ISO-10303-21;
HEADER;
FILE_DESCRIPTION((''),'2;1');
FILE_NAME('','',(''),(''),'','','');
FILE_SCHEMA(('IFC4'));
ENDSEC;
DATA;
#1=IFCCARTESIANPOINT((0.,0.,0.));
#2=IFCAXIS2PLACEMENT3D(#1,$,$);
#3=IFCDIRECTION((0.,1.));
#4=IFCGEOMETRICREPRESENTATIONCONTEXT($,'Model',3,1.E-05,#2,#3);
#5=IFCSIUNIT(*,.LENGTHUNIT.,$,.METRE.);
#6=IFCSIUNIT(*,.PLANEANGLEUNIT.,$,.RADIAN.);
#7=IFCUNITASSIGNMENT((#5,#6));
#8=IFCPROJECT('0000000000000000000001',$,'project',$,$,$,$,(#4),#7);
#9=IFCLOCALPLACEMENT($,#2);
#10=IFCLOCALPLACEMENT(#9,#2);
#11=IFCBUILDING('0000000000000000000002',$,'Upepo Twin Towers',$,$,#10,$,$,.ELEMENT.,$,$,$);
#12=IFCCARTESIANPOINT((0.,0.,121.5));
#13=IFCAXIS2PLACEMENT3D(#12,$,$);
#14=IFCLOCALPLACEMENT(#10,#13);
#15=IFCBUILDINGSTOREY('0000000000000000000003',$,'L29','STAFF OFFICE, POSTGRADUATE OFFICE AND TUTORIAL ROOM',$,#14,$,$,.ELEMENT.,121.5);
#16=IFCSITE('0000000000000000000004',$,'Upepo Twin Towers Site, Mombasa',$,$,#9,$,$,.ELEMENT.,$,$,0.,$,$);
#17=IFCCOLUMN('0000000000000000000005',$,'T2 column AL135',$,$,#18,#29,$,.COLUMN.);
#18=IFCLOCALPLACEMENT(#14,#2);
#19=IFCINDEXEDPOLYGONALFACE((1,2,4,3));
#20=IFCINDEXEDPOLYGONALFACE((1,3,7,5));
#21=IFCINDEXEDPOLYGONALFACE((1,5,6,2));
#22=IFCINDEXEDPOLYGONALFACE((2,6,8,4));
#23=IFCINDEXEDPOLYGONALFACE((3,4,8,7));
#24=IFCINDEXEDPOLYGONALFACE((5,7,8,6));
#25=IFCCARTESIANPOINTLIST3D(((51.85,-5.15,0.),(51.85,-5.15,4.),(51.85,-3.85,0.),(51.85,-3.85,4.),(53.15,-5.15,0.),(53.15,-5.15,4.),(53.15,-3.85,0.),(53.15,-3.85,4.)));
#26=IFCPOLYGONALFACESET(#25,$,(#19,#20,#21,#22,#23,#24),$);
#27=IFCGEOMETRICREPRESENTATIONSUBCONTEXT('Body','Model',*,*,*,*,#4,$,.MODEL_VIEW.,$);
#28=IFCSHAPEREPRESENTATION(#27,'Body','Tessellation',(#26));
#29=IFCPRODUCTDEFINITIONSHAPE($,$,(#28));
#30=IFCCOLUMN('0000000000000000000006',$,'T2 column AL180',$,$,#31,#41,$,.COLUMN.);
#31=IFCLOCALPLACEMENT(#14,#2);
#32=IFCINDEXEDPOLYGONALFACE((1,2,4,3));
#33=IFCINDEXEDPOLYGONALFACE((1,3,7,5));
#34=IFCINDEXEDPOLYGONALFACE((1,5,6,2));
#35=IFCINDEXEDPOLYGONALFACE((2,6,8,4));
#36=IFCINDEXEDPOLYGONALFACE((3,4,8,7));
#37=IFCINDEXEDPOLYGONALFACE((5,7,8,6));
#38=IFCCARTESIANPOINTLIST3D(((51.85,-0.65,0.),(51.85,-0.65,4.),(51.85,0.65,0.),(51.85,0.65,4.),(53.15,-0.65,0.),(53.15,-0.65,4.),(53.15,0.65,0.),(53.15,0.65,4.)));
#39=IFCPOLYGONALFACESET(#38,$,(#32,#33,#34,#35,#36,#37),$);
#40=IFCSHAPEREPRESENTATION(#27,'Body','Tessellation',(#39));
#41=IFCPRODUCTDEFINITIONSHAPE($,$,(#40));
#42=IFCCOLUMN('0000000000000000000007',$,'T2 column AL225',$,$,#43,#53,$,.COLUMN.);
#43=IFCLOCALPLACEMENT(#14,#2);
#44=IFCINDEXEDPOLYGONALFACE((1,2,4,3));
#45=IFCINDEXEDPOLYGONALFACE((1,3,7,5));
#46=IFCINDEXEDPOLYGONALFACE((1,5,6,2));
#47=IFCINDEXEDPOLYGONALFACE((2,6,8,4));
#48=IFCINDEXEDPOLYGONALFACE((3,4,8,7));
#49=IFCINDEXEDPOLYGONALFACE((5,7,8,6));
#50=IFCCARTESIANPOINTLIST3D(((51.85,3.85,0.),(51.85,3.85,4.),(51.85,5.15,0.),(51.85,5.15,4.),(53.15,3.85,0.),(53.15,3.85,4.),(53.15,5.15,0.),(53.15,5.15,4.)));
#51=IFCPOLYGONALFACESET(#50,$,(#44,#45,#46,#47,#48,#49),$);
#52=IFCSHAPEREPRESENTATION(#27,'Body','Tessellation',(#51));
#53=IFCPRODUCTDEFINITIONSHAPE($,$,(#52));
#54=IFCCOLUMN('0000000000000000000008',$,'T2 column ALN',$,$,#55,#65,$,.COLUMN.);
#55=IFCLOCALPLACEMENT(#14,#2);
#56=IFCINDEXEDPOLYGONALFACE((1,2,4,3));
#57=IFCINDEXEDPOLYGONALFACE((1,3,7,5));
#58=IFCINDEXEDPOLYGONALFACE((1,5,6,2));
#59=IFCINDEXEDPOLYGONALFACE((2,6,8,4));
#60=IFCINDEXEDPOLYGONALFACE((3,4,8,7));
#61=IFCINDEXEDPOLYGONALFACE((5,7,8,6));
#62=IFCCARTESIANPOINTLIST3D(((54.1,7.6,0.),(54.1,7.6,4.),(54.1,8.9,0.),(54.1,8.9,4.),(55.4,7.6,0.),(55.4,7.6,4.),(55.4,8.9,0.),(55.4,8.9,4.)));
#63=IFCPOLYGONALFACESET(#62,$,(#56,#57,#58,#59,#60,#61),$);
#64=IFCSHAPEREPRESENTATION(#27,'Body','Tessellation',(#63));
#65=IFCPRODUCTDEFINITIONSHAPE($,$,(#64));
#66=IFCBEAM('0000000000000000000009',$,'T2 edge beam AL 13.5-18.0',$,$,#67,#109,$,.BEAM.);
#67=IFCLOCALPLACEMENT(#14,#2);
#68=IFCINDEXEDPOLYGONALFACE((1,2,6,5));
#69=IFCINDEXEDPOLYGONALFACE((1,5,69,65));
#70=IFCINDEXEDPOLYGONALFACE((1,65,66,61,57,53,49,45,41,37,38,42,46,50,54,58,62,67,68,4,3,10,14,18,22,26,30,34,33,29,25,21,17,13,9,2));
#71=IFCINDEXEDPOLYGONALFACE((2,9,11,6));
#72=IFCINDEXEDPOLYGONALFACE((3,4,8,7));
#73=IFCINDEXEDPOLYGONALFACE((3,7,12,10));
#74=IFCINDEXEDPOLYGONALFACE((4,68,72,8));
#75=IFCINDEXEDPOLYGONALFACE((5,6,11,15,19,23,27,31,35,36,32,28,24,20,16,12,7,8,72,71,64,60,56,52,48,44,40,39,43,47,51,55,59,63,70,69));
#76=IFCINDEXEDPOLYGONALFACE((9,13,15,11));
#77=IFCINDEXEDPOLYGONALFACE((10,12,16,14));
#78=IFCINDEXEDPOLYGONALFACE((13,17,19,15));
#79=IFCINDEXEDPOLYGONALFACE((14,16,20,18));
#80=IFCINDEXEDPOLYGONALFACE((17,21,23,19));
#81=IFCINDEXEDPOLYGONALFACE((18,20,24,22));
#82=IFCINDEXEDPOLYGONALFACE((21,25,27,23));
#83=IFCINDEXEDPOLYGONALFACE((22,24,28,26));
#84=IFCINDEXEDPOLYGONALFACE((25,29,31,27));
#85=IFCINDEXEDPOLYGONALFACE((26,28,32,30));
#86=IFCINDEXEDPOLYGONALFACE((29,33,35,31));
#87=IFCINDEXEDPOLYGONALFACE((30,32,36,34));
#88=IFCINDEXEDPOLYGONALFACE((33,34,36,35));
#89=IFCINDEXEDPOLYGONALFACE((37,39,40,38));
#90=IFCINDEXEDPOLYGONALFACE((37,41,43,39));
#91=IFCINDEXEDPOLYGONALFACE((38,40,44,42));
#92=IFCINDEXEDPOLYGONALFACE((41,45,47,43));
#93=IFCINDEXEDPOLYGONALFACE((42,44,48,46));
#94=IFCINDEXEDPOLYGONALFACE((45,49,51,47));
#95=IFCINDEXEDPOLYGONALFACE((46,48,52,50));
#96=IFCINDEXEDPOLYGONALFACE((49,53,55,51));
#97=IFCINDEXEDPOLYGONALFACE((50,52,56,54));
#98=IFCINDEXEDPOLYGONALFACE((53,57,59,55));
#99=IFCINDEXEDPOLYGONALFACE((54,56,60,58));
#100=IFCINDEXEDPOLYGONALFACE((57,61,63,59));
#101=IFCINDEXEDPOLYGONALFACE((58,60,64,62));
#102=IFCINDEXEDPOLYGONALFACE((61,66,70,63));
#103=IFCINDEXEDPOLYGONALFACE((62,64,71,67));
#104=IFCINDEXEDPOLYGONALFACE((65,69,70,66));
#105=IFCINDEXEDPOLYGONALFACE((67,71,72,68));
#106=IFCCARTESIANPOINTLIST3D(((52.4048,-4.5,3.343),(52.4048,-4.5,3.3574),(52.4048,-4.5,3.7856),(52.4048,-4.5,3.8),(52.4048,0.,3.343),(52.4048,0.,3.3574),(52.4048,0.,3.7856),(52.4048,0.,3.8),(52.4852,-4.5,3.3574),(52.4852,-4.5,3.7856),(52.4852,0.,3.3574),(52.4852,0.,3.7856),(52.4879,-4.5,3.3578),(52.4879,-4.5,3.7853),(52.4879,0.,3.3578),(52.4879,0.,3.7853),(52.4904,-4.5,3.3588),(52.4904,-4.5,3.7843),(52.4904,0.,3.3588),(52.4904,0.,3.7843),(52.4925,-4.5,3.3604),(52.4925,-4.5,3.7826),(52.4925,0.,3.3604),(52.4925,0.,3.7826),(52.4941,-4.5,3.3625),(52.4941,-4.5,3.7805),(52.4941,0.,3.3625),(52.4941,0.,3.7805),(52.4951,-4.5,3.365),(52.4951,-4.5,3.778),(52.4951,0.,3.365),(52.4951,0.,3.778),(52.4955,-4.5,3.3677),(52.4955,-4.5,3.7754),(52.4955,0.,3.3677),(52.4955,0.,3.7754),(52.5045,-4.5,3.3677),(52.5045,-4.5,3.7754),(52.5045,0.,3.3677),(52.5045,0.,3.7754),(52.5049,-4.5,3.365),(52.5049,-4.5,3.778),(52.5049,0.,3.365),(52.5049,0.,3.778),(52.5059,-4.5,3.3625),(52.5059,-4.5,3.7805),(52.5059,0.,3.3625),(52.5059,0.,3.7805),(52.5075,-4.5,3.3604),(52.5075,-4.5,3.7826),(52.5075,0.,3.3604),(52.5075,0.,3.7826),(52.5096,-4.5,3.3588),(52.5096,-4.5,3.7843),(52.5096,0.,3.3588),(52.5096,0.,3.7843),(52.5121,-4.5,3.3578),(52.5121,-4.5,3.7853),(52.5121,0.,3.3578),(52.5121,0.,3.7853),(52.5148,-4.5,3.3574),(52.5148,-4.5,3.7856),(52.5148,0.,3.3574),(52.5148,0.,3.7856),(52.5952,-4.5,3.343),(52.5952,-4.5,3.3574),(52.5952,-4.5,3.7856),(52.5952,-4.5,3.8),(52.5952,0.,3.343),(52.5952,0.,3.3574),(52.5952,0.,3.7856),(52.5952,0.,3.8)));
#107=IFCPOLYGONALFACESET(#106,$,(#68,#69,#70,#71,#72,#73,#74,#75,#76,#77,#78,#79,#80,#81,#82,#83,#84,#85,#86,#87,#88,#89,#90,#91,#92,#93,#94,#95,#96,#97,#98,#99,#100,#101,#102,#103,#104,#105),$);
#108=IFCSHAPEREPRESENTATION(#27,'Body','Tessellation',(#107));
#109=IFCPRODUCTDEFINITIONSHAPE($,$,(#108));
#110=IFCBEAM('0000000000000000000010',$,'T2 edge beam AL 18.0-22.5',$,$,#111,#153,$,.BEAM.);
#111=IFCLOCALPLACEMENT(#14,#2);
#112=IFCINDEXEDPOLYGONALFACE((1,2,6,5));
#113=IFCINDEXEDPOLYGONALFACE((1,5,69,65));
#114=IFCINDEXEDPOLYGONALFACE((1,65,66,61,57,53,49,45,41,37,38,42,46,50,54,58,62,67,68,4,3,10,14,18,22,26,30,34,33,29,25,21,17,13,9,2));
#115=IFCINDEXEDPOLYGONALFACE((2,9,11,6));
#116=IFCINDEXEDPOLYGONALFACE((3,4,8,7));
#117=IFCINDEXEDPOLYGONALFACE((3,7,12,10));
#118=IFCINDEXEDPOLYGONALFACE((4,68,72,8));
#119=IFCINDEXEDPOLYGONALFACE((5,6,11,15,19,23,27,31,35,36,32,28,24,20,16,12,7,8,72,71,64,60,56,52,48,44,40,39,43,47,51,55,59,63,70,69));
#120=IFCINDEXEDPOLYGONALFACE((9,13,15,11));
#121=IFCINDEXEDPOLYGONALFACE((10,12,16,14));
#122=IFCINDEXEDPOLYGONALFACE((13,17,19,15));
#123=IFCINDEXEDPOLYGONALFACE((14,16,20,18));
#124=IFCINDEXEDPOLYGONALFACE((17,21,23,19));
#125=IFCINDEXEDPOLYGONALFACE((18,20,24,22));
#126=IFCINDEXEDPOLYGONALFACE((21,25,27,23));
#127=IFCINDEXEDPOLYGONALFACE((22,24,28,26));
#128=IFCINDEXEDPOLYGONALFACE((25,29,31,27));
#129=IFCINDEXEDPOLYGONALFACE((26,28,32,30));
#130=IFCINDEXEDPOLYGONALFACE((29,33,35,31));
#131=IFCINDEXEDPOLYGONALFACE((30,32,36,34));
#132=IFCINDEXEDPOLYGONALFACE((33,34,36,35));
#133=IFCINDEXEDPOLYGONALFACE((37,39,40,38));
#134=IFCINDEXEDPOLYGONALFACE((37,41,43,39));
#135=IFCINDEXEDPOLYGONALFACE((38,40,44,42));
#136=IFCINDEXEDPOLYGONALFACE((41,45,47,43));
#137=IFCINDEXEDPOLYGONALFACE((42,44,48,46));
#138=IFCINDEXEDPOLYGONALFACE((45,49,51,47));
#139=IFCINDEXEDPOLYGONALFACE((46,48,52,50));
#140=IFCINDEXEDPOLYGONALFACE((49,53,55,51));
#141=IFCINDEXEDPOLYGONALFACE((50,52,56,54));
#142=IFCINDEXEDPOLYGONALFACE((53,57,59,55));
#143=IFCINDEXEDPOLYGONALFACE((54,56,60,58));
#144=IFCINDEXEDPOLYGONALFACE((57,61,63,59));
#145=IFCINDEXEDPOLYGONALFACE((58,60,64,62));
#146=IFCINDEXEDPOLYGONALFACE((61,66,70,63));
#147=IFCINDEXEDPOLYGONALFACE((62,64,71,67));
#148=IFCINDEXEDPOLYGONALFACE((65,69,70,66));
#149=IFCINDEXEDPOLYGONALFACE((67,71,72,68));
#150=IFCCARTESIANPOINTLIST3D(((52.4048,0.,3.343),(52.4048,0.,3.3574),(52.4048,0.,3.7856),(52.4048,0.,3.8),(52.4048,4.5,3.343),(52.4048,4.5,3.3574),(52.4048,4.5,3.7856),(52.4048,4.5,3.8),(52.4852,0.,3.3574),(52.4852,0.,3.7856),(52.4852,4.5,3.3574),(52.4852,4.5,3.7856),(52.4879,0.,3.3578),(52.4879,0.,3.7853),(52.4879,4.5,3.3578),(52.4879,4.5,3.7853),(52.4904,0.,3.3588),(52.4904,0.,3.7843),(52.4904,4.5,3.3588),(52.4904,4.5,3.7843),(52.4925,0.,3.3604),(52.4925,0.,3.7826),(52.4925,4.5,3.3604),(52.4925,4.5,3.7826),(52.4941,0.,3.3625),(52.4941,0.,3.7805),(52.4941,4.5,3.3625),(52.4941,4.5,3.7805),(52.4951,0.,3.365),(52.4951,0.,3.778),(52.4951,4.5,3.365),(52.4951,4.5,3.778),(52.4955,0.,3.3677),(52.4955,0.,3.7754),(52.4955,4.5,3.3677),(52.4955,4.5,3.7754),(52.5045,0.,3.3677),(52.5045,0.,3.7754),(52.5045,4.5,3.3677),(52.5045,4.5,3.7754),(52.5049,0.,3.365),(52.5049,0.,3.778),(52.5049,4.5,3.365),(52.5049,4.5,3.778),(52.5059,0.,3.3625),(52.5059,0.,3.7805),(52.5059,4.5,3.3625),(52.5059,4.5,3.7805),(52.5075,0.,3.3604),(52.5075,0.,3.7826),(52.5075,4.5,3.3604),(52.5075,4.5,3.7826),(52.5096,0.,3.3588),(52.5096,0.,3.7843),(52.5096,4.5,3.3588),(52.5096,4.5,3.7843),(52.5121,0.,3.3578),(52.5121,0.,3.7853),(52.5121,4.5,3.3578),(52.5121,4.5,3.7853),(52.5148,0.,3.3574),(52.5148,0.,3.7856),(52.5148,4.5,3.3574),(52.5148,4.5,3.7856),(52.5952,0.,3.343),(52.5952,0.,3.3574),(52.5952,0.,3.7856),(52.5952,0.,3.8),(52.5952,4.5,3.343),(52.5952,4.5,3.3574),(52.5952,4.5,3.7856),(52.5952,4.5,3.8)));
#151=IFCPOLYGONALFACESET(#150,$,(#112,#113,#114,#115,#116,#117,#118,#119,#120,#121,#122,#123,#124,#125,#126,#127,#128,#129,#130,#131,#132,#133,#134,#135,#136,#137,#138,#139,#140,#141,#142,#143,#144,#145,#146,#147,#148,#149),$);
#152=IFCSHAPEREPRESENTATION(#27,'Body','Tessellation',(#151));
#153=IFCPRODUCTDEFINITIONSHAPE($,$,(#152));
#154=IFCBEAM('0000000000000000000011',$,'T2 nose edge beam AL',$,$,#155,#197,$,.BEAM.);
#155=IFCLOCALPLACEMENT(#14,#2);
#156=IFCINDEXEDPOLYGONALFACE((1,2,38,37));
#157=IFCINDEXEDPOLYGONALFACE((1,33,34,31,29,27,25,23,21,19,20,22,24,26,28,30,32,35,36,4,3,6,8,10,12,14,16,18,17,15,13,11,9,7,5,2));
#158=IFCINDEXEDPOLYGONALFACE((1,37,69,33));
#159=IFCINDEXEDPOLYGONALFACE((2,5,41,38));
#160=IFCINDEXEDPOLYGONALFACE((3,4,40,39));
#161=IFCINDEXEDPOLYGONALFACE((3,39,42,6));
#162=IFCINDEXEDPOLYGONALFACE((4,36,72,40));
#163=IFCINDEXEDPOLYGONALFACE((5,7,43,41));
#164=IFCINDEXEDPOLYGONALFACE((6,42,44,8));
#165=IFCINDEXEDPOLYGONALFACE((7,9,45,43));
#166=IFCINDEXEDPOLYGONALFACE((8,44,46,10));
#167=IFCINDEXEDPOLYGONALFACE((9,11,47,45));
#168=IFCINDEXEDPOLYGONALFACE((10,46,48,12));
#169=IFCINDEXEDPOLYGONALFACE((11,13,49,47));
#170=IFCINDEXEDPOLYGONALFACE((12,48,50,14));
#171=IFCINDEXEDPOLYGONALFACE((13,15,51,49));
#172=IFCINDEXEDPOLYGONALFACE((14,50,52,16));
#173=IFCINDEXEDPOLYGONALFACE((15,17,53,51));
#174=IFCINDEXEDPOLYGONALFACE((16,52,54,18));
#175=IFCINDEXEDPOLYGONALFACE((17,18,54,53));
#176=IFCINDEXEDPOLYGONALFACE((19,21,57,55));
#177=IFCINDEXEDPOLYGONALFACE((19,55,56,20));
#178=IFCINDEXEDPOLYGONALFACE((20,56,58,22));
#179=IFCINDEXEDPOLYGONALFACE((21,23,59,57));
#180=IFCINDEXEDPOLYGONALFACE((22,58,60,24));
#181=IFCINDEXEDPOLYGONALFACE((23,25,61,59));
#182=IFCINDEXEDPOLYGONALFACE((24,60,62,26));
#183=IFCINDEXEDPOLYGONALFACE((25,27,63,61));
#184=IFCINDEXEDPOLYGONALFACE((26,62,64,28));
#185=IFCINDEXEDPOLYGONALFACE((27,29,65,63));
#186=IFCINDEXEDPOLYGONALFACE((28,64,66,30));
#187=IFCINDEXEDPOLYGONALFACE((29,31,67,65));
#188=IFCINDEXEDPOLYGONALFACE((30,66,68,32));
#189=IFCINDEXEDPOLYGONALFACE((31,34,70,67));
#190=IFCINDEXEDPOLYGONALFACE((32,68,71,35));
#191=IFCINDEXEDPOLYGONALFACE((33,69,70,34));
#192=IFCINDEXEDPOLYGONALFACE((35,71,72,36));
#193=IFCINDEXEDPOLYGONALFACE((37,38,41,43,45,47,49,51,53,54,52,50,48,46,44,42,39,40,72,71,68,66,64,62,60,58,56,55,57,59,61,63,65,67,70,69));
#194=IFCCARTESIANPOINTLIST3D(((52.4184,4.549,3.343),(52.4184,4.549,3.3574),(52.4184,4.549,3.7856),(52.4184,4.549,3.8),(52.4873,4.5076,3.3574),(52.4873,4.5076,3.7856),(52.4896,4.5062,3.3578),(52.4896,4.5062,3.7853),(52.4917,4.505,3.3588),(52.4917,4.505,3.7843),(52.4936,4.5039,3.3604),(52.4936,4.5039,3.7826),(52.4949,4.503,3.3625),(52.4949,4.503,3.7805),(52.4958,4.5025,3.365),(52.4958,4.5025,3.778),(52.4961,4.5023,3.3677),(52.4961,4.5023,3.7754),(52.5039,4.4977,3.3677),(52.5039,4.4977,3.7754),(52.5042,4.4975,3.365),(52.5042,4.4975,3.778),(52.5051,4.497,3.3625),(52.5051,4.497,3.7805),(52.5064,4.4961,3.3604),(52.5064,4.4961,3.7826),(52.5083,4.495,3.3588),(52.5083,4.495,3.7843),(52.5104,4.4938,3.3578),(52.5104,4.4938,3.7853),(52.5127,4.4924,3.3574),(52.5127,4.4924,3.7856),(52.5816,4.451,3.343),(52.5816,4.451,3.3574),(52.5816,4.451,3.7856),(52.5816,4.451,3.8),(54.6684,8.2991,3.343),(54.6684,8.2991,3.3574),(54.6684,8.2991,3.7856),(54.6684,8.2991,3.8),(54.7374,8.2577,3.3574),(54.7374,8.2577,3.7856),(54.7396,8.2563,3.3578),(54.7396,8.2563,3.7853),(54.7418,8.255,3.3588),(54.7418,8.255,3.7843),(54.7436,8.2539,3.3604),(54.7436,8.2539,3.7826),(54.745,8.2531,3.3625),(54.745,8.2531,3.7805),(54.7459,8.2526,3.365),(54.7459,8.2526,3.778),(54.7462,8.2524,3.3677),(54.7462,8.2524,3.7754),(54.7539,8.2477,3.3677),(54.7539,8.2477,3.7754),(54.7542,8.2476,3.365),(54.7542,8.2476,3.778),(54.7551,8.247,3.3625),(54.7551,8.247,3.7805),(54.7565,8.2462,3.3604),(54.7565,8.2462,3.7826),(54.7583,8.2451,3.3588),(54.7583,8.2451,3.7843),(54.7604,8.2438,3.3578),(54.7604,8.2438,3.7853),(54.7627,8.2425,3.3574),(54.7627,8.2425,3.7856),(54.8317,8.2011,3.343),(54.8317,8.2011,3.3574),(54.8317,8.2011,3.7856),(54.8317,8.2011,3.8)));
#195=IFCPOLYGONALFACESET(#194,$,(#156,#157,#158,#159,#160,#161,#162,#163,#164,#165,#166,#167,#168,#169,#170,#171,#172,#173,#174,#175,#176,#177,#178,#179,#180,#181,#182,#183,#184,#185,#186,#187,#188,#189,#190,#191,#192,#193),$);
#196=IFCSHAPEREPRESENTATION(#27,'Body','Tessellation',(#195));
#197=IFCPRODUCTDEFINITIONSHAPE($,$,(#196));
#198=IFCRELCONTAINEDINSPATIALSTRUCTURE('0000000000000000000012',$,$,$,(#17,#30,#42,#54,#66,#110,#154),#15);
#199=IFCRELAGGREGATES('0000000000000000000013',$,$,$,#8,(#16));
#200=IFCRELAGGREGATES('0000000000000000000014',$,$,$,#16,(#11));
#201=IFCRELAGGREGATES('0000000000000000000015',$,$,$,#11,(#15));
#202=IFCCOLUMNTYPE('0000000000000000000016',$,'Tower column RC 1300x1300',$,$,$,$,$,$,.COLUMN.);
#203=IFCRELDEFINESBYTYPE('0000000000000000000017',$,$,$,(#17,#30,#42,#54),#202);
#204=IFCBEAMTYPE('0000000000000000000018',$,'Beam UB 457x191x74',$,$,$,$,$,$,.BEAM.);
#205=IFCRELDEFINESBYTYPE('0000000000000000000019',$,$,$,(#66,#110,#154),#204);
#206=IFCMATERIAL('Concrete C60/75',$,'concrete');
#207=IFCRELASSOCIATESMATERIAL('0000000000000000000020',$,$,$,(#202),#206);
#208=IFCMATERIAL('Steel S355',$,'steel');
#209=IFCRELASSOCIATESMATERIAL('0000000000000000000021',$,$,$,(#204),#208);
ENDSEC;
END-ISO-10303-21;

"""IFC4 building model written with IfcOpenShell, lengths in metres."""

from ifc_helpers import new_model, si_unit, direction, frame, origin, origin_2d, place, context, subcontext, project, spatial, rectangle, i_section, extrude, material, material_profile, profile_set, type_object, element, save


model = new_model("IFC4")

# Units and contexts
model_context = context("Model", 3, precision=1e-05, world=origin(), true_north=direction((0.0, 1.0)))
body_context = subcontext(model_context, "Body", "Model", "MODEL_VIEW")
ifc_project = project(units=[si_unit("LENGTHUNIT", "METRE"), si_unit("PLANEANGLEUNIT", "RADIAN")], contexts=[model_context])

# Site, building, storey
site_placement = place(None, origin())
site = spatial("IfcSite", under=ifc_project, at=site_placement, Name="Upepo Twin Towers Site, Mombasa", CompositionType="ELEMENT", RefElevation=0.0)
building_placement = place(site_placement, origin())
building = spatial("IfcBuilding", under=site, at=building_placement, Name="Upepo Twin Towers", CompositionType="ELEMENT")
storey_placement = place(building_placement, frame((0.0, 0.0, 121.5)))
storey = spatial("IfcBuildingStorey", under=building, at=storey_placement, Name="L29", Description="STAFF OFFICE, POSTGRADUATE OFFICE AND TUTORIAL ROOM", CompositionType="ELEMENT", Elevation=121.5)

# Columns
ifc_material_1 = material(Name="Concrete C60/75", Category="concrete")
ifc_material_profile_1 = material_profile(ifc_material_1, rectangle(XDim=1.3, YDim=1.3, at=origin_2d()), Name="RC 1300x1300")
ifc_profile_set_1 = profile_set([ifc_material_profile_1], Name="Concrete C60/75")
column_type = type_object("IfcColumnType", Name="Tower column RC 1300x1300", PredefinedType="COLUMN", material=ifc_profile_set_1)
for number, where, z_axis, x_axis, name in (
    (1, (52.5, -4.5, 0.0), (0.0, 0.0, 1.0), (1.0, 0.0, 0.0), "T2 column AL135"),
    (2, (52.5, 0.0, 0.0), (0.0, 0.0, 1.0), (1.0, 0.0, 0.0), "T2 column AL180"),
    (3, (52.5, 4.5, 0.0), (0.0, 0.0, 1.0), (1.0, 0.0, 0.0), "T2 column AL225"),
    (4, (54.75, 8.25, 0.0), (0.0, 0.0, 1.0), (1.0, 0.0, 0.0), "T2 column ALN"),
):
    element("IfcColumn", number, at=place(storey_placement, frame(where, z_axis=z_axis, x_axis=x_axis)), inside=storey, type_object=column_type, Name=name, PredefinedType="COLUMN", context=body_context, shape_type="SweptSolid", body=[
        extrude(rectangle(XDim=1.3, YDim=1.3, at=origin_2d()), origin(), (0.0, 0.0, 1.0), 4.0),
    ])

# Beams
ifc_material_2 = material(Name="Steel S355", Category="steel")
ifc_material_profile_2 = material_profile(ifc_material_2, i_section(OverallWidth=0.1904, OverallDepth=0.457, WebThickness=0.009, FlangeThickness=0.0144, FilletRadius=0.0103, at=origin_2d()), Name="UB 457x191x74")
ifc_profile_set_2 = profile_set([ifc_material_profile_2], Name="Steel S355")
beam_type_1 = type_object("IfcBeamType", Name="Beam UB 457x191x74", PredefinedType="BEAM", material=ifc_profile_set_2)
for number, where, z_axis, x_axis, name in (
    (5, (52.5, -4.5, 3.5715), (0.0, 1.0, 0.0), (-1.0, 0.0, 0.0), "T2 edge beam AL 13.5-18.0"),
    (6, (52.5, 0.0, 3.5715), (0.0, 1.0, 0.0), (-1.0, 0.0, 0.0), "T2 edge beam AL 18.0-22.5"),
):
    element("IfcBeam", number, at=place(storey_placement, frame(where, z_axis=z_axis, x_axis=x_axis)), inside=storey, type_object=beam_type_1, Name=name, PredefinedType="BEAM", context=body_context, shape_type="SweptSolid", body=[
        extrude(i_section(OverallWidth=0.1904, OverallDepth=0.457, WebThickness=0.009, FlangeThickness=0.0144, FilletRadius=0.0103, at=origin_2d()), origin(), (0.0, 0.0, 1.0), 4.5),
    ])
beam_1_placement = place(storey_placement, frame((52.5, 4.5, 3.5715), z_axis=(0.514496, 0.857493, 0.0), x_axis=(-0.857493, 0.514496, 0.0)))
element("IfcBeam", 7, at=beam_1_placement, inside=storey, type_object=beam_type_1, Name="T2 nose edge beam AL", PredefinedType="BEAM", context=body_context, shape_type="SweptSolid", body=[
    extrude(i_section(OverallWidth=0.1904, OverallDepth=0.457, WebThickness=0.009, FlangeThickness=0.0144, FilletRadius=0.0103, at=origin_2d()), origin(), (0.0, 0.0, 1.0), 4.3733),
])

save(model, "model.ifc")
